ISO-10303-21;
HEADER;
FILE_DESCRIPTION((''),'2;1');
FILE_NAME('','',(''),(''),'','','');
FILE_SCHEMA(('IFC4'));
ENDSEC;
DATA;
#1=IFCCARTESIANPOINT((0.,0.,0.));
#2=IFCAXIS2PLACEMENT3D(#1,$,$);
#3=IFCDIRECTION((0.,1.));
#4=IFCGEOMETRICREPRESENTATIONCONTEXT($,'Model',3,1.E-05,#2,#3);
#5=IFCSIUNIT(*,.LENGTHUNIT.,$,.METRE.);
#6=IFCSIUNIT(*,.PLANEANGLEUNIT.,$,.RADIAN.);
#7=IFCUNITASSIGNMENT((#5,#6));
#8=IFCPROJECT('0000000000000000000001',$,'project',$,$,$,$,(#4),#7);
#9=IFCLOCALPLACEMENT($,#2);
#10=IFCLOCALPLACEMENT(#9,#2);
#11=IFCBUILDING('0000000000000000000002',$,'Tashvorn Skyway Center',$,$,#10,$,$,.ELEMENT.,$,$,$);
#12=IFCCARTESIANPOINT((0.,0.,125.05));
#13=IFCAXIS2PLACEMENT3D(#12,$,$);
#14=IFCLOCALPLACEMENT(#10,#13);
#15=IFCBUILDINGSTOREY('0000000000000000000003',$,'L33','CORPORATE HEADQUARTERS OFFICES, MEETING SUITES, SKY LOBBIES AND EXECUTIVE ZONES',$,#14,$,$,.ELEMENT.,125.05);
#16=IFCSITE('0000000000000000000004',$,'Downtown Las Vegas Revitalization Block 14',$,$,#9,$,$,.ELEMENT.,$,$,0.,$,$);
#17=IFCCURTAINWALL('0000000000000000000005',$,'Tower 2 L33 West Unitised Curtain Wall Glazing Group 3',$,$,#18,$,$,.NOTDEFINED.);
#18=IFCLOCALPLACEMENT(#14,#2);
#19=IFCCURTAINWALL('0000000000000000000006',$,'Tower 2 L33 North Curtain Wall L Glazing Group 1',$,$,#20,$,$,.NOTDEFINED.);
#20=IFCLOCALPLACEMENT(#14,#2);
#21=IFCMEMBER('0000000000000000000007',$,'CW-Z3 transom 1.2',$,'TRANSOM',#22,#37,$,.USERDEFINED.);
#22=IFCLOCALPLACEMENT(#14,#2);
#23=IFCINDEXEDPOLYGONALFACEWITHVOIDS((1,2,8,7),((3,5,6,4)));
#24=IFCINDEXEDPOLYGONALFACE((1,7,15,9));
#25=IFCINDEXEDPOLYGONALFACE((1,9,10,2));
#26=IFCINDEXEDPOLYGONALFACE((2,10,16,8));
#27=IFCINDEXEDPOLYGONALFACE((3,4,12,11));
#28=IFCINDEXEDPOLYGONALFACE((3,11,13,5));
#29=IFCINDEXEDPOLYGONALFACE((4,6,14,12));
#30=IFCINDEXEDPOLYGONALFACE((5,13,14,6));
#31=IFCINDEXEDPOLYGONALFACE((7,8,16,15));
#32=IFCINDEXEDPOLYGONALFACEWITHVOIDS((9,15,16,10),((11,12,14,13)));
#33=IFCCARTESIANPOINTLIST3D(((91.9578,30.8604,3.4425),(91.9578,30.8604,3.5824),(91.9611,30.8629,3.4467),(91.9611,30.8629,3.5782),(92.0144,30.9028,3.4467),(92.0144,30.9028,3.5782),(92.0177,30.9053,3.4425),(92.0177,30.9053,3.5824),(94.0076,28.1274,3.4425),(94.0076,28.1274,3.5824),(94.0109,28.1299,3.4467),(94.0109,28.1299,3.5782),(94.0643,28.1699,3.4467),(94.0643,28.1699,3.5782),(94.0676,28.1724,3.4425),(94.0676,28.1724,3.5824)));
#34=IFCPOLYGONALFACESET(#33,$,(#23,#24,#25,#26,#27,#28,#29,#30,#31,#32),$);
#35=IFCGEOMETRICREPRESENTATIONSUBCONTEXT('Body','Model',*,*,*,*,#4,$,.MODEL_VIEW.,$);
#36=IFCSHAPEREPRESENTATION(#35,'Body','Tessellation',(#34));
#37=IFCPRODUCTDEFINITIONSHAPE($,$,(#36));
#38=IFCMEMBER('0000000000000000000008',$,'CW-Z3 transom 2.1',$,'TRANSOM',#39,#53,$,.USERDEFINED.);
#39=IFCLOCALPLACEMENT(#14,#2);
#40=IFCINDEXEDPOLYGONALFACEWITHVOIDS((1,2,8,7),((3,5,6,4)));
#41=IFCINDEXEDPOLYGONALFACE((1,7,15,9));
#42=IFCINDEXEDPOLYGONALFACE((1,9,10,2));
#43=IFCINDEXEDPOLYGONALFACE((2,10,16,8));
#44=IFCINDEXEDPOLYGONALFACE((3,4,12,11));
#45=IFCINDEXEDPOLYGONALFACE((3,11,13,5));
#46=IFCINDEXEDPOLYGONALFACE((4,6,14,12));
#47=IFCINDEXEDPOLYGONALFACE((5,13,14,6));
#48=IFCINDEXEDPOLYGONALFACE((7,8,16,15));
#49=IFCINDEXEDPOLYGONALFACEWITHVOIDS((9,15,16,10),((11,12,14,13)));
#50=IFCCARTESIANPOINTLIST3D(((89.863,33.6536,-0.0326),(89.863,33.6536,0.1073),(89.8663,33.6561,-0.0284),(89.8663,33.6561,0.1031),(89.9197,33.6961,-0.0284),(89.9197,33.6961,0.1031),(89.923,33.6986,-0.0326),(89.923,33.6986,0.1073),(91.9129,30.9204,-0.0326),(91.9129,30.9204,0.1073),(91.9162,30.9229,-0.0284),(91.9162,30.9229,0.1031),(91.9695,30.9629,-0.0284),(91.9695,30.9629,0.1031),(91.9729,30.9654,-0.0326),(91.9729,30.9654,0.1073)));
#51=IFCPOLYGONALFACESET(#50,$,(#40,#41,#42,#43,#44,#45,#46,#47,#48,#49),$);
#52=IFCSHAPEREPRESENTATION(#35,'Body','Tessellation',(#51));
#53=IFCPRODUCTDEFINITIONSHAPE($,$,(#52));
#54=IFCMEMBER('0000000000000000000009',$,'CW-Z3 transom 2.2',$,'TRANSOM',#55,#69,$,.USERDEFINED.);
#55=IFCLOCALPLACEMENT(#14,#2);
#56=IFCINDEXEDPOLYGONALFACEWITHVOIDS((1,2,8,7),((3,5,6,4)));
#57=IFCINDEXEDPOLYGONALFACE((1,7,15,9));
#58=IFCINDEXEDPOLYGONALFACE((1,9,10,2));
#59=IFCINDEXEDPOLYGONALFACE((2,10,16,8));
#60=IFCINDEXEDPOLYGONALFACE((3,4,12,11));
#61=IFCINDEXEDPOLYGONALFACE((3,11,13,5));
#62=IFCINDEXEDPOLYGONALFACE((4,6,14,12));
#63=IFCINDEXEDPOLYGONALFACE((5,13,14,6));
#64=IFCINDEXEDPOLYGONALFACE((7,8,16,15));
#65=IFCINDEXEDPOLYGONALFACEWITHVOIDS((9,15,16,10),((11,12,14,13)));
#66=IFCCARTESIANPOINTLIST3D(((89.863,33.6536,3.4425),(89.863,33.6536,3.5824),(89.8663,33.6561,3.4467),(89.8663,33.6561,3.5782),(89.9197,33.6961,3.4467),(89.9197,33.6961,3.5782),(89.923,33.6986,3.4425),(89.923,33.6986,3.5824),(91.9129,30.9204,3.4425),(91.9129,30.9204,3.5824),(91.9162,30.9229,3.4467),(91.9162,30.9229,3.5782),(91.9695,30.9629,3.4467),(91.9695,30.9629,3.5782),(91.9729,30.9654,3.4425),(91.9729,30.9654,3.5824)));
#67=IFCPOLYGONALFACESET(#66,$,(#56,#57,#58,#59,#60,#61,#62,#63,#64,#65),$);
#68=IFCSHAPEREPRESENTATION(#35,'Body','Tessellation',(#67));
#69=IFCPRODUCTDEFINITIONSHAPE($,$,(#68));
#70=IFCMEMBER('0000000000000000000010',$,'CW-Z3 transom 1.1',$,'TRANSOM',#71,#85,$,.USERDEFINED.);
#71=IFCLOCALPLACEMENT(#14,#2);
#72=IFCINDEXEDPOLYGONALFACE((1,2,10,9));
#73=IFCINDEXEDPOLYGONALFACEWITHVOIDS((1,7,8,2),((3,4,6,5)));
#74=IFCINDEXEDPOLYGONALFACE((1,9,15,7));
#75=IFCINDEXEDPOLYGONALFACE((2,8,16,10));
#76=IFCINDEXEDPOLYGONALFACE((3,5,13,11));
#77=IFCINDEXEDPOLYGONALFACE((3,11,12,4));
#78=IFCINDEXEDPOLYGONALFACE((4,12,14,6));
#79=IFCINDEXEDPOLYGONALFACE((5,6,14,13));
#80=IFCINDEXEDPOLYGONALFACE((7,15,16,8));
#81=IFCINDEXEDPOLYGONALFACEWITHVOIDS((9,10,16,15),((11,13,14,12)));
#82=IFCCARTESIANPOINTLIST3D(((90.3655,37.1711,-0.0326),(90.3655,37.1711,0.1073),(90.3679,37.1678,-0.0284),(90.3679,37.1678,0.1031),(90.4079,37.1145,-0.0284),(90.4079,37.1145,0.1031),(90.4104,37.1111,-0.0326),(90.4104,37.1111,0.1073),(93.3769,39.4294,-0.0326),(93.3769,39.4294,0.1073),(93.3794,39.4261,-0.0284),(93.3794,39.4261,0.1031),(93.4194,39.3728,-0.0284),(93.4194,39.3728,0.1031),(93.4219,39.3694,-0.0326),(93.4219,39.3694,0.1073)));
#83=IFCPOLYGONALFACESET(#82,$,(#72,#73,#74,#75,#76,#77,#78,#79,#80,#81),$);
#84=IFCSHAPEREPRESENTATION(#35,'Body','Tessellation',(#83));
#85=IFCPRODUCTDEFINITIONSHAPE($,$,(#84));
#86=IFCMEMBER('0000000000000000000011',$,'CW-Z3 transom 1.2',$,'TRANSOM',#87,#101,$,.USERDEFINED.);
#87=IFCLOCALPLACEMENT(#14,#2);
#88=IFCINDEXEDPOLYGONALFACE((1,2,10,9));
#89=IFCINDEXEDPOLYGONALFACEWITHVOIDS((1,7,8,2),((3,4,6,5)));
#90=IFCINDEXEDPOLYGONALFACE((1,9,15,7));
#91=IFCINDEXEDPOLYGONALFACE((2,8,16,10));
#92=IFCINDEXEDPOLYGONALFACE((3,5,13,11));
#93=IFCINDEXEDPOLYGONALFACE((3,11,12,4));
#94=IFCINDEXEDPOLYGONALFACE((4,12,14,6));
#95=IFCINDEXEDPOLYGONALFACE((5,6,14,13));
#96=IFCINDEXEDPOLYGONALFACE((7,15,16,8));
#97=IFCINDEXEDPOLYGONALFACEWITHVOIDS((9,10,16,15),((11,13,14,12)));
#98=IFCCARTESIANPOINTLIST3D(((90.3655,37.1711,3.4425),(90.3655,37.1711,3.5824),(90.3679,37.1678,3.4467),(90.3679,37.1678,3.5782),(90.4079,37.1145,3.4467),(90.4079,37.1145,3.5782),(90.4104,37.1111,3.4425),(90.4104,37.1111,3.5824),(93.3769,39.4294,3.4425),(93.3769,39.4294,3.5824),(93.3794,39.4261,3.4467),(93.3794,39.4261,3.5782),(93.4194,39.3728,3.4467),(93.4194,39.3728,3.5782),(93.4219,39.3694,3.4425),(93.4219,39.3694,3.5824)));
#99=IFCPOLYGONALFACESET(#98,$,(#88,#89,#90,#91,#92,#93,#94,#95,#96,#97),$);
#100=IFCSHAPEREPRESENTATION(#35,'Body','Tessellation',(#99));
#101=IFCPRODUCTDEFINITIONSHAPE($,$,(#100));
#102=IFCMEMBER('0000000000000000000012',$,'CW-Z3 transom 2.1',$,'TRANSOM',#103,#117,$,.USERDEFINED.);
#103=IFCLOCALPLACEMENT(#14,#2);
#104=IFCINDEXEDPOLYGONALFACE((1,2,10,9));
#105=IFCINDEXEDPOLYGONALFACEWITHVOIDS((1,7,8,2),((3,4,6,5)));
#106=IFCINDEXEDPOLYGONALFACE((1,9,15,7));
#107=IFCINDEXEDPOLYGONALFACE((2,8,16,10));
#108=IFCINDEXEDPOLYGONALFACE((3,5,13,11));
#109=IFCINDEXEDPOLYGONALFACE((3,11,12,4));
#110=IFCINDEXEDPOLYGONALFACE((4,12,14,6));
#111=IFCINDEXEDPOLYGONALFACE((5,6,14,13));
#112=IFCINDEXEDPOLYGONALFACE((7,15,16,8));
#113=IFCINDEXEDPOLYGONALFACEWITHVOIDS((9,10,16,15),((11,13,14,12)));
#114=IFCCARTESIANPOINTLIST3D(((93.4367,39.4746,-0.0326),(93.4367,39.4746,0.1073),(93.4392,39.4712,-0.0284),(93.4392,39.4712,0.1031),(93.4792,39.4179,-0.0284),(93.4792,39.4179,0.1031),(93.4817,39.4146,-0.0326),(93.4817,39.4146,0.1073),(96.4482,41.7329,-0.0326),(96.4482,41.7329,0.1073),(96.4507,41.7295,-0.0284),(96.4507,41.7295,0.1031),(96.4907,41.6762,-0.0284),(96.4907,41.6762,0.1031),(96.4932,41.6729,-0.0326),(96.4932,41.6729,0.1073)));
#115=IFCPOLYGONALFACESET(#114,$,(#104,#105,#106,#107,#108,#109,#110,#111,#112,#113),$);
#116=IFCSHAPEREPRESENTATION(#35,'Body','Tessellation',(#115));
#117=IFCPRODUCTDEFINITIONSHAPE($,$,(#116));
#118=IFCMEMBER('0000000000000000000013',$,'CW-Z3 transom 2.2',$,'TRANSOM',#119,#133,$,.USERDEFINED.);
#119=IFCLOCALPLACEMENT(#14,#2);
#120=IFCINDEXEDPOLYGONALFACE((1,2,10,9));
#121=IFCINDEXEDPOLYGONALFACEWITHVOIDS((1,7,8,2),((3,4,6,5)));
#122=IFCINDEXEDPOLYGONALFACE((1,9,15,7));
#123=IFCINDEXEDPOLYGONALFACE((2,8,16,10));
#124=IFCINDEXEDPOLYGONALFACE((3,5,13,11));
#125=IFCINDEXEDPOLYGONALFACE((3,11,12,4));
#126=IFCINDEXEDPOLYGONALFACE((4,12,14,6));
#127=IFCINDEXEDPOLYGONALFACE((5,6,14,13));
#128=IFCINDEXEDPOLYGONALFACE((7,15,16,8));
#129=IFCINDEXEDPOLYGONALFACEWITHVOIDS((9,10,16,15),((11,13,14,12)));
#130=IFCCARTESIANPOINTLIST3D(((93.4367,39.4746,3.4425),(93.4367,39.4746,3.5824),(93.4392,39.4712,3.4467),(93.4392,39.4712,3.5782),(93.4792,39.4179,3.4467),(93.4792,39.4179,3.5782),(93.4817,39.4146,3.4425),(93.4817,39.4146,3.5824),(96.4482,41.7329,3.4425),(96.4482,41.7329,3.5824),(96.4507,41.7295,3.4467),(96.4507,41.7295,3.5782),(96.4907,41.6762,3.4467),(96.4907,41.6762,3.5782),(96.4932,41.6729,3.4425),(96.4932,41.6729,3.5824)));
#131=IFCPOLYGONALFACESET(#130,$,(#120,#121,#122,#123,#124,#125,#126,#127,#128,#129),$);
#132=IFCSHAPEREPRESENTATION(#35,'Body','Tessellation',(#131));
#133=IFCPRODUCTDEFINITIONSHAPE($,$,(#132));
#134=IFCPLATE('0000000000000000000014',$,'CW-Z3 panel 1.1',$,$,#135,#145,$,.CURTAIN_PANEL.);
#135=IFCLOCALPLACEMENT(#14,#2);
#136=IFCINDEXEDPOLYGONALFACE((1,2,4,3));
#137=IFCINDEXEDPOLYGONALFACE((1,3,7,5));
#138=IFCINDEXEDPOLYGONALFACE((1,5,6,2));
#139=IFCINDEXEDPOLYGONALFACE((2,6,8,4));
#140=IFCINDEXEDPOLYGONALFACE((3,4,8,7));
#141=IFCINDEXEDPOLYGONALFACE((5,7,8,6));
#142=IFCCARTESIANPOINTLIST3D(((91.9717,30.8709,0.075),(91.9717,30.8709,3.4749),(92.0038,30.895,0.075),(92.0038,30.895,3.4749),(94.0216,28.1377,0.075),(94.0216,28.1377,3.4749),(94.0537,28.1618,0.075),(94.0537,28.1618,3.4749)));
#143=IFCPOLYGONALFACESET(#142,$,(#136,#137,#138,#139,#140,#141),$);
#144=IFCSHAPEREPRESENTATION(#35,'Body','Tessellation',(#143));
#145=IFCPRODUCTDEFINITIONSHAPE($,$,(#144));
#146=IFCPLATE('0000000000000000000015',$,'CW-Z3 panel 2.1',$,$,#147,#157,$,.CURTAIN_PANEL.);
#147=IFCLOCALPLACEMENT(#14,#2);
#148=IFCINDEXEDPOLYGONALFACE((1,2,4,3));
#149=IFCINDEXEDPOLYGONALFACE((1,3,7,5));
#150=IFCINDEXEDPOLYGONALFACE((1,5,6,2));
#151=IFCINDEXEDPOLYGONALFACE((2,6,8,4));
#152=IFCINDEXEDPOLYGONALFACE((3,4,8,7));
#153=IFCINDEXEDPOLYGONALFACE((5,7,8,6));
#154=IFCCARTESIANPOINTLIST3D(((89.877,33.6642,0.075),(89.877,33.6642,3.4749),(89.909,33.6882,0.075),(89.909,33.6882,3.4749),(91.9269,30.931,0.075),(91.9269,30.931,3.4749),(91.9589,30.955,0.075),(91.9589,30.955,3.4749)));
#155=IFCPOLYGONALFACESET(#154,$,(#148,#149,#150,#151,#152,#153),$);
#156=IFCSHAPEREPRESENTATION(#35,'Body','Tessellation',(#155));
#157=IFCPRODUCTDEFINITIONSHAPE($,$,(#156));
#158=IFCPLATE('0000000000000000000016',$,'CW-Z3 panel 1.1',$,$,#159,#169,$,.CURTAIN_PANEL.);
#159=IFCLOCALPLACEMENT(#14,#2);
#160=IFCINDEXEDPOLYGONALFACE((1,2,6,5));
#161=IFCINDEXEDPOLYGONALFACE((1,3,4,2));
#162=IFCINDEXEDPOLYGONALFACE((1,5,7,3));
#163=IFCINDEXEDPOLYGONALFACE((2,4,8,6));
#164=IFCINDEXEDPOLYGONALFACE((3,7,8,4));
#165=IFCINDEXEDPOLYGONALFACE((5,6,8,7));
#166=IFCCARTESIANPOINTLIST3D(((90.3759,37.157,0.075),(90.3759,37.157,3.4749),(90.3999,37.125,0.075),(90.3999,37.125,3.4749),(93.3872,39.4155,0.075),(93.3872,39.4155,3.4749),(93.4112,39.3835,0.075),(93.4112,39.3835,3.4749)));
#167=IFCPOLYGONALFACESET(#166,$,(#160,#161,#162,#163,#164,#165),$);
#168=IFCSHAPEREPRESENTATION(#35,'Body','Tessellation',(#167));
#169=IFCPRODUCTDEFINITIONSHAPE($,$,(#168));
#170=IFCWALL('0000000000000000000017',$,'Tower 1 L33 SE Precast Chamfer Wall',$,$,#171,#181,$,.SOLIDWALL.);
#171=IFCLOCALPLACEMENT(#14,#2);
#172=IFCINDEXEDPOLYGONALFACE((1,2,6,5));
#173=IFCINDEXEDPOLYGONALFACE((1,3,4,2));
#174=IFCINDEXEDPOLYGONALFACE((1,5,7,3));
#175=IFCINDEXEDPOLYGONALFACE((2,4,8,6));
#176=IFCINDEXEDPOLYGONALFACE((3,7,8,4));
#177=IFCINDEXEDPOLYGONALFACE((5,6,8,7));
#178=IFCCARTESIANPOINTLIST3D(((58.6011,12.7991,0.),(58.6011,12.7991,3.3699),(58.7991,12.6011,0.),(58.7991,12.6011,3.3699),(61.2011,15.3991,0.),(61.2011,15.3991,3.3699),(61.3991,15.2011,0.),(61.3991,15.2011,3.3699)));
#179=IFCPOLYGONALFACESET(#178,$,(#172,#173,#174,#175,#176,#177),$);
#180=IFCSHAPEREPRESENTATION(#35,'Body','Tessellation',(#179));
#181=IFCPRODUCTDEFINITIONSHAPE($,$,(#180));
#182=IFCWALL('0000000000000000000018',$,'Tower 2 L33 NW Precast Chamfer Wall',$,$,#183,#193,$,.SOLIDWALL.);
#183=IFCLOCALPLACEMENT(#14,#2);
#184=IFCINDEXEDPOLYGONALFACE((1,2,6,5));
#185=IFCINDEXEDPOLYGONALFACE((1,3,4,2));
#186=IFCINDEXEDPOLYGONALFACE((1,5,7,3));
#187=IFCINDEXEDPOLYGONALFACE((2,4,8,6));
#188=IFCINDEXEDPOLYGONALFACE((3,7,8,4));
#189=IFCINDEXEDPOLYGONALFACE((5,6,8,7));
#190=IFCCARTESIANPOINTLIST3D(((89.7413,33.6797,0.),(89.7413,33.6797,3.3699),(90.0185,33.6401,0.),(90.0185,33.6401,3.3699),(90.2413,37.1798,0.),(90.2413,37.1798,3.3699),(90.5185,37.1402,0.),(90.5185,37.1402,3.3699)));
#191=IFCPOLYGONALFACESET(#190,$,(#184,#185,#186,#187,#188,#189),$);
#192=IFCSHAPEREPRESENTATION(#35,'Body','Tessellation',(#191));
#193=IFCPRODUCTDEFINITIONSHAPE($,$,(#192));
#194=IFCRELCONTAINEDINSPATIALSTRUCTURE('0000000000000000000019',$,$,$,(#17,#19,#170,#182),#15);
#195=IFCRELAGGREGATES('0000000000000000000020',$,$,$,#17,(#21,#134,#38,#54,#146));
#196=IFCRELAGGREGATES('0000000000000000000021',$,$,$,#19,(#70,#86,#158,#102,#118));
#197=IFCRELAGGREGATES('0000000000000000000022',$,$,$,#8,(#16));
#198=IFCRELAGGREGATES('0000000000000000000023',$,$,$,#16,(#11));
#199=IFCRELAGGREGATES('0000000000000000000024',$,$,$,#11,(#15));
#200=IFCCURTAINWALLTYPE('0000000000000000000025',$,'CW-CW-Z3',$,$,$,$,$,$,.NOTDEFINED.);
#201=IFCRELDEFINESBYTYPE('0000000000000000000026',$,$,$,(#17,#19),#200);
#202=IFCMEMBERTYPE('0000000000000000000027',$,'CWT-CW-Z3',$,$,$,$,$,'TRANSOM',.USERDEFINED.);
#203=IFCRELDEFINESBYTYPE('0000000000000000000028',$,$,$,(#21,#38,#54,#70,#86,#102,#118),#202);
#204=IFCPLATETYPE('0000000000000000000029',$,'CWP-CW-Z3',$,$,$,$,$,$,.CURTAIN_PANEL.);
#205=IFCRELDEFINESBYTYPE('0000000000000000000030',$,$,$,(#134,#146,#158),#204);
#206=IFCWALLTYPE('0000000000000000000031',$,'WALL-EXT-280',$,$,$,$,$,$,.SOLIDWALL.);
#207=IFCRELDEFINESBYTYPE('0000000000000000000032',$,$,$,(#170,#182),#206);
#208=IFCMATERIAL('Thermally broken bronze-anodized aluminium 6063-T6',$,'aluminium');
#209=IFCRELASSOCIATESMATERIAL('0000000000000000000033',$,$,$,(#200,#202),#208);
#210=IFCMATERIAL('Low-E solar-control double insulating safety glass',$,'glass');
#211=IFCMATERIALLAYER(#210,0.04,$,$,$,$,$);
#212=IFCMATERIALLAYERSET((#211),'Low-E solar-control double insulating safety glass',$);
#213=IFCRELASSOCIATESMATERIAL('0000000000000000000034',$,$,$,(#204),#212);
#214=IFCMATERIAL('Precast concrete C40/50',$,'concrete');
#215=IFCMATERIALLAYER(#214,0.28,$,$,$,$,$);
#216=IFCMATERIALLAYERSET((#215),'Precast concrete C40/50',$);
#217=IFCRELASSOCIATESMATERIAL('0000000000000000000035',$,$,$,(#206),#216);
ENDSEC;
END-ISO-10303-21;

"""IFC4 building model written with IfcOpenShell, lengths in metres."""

from ifc_helpers import new_model, si_unit, direction, frame, frame_2d, origin, origin_2d, place, context, subcontext, project, spatial, rectangle, hollow_rectangle, extrude, material, layer, layer_set, material_profile, profile_set, type_object, element, aggregate, save


model = new_model("IFC4")

# Units and contexts
model_context = context("Model", 3, precision=1e-05, world=origin(), true_north=direction((0.0, 1.0)))
body_context = subcontext(model_context, "Body", "Model", "MODEL_VIEW")
ifc_project = project(units=[si_unit("LENGTHUNIT", "METRE"), si_unit("PLANEANGLEUNIT", "RADIAN")], contexts=[model_context])

# Site, building, storey
site_placement = place(None, origin())
site = spatial("IfcSite", under=ifc_project, at=site_placement, Name="Downtown Las Vegas Revitalization Block 14", CompositionType="ELEMENT", RefElevation=0.0)
building_placement = place(site_placement, origin())
building = spatial("IfcBuilding", under=site, at=building_placement, Name="Tashvorn Skyway Center", CompositionType="ELEMENT")
storey_placement = place(building_placement, frame((0.0, 0.0, 125.05)))
storey = spatial("IfcBuildingStorey", under=building, at=storey_placement, Name="L33", Description="CORPORATE HEADQUARTERS OFFICES, MEETING SUITES, SKY LOBBIES AND EXECUTIVE ZONES", CompositionType="ELEMENT", Elevation=125.05)

# Curtain walls
ifc_material_1 = material(Name="Thermally broken bronze-anodized aluminium 6063-T6", Category="aluminium")
curtain_wall_type = type_object("IfcCurtainWallType", Name="CW-CW-Z3", PredefinedType="NOTDEFINED", material=ifc_material_1)
curtain_wall_1_placement = place(storey_placement, origin())
curtain_wall_1 = element("IfcCurtainWall", 1, at=curtain_wall_1_placement, inside=storey, type_object=curtain_wall_type, Name="Tower 2 L33 West Unitised Curtain Wall Glazing Group 3", PredefinedType="NOTDEFINED")
curtain_wall_2_placement = place(storey_placement, origin())
curtain_wall_2 = element("IfcCurtainWall", 2, at=curtain_wall_2_placement, inside=storey, type_object=curtain_wall_type, Name="Tower 2 L33 North Curtain Wall L Glazing Group 1", PredefinedType="NOTDEFINED")

# Members
ifc_material_profile_1 = material_profile(ifc_material_1, hollow_rectangle(XDim=0.075, YDim=0.1399, WallThickness=0.0042, at=origin_2d()), Name="ALU-TRAN-75x140")
ifc_profile_set_1 = profile_set([ifc_material_profile_1], Name="Thermally broken bronze-anodized aluminium 6063-T6")
member_type_1 = type_object("IfcMemberType", Name="CWT-CW-Z3", ElementType="TRANSOM", PredefinedType="USERDEFINED", material=ifc_profile_set_1)
member_1_placement = place(storey_placement, frame((94.0376, 28.1499, 3.5125), z_axis=(-0.600023, 0.799983, 0.0), x_axis=(-0.799983, -0.600023, 0.0)))
member_1 = element("IfcMember", 3, at=member_1_placement, type_object=member_type_1, Name="CW-Z3 transom 1.2", ObjectType="TRANSOM", PredefinedType="USERDEFINED", context=body_context, shape_type="SweptSolid", body=[
    extrude(hollow_rectangle(XDim=0.075, YDim=0.1399, WallThickness=0.0042, at=origin_2d()), origin(), (0.0, 0.0, 1.0), 3.4163),
])
member_2_placement = place(storey_placement, frame((91.9429, 30.9429, 0.0374), z_axis=(-0.599989, 0.800009, 0.0), x_axis=(-0.800009, -0.599989, 0.0)))
member_2 = element("IfcMember", 4, at=member_2_placement, type_object=member_type_1, Name="CW-Z3 transom 2.1", ObjectType="TRANSOM", PredefinedType="USERDEFINED", context=body_context, shape_type="SweptSolid", body=[
    extrude(hollow_rectangle(XDim=0.075, YDim=0.1399, WallThickness=0.0042, at=origin_2d()), origin(), (0.0, 0.0, 1.0), 3.4165),
])
member_3_placement = place(storey_placement, frame((91.9429, 30.9429, 3.5125), z_axis=(-0.599989, 0.800009, 0.0), x_axis=(-0.800009, -0.599989, 0.0)))
member_3 = element("IfcMember", 5, at=member_3_placement, type_object=member_type_1, Name="CW-Z3 transom 2.2", ObjectType="TRANSOM", PredefinedType="USERDEFINED", context=body_context, shape_type="SweptSolid", body=[
    extrude(hollow_rectangle(XDim=0.075, YDim=0.1399, WallThickness=0.0042, at=origin_2d()), origin(), (0.0, 0.0, 1.0), 3.4165),
])
member_4_placement = place(storey_placement, frame((90.3879, 37.1411, 0.0374), z_axis=(0.800039, 0.599948, 0.0), x_axis=(-0.599948, 0.800039, 0.0)))
member_4 = element("IfcMember", 6, at=member_4_placement, type_object=member_type_1, Name="CW-Z3 transom 1.1", ObjectType="TRANSOM", PredefinedType="USERDEFINED", context=body_context, shape_type="SweptSolid", body=[
    extrude(hollow_rectangle(XDim=0.075, YDim=0.1399, WallThickness=0.0042, at=origin_2d()), origin(), (0.0, 0.0, 1.0), 3.7642),
])
member_5_placement = place(storey_placement, frame((90.3879, 37.1411, 3.5125), z_axis=(0.800039, 0.599948, 0.0), x_axis=(-0.599948, 0.800039, 0.0)))
member_5 = element("IfcMember", 7, at=member_5_placement, type_object=member_type_1, Name="CW-Z3 transom 1.2", ObjectType="TRANSOM", PredefinedType="USERDEFINED", context=body_context, shape_type="SweptSolid", body=[
    extrude(hollow_rectangle(XDim=0.075, YDim=0.1399, WallThickness=0.0042, at=origin_2d()), origin(), (0.0, 0.0, 1.0), 3.7642),
])
member_6_placement = place(storey_placement, frame((93.4592, 39.4446, 0.0374), z_axis=(0.800039, 0.599948, 0.0), x_axis=(-0.599948, 0.800039, 0.0)))
member_6 = element("IfcMember", 8, at=member_6_placement, type_object=member_type_1, Name="CW-Z3 transom 2.1", ObjectType="TRANSOM", PredefinedType="USERDEFINED", context=body_context, shape_type="SweptSolid", body=[
    extrude(hollow_rectangle(XDim=0.075, YDim=0.1399, WallThickness=0.0042, at=origin_2d()), origin(), (0.0, 0.0, 1.0), 3.7642),
])
member_7_placement = place(storey_placement, frame((93.4592, 39.4446, 3.5125), z_axis=(0.800039, 0.599948, 0.0), x_axis=(-0.599948, 0.800039, 0.0)))
member_7 = element("IfcMember", 9, at=member_7_placement, type_object=member_type_1, Name="CW-Z3 transom 2.2", ObjectType="TRANSOM", PredefinedType="USERDEFINED", context=body_context, shape_type="SweptSolid", body=[
    extrude(hollow_rectangle(XDim=0.075, YDim=0.1399, WallThickness=0.0042, at=origin_2d()), origin(), (0.0, 0.0, 1.0), 3.7642),
])

# Plates
ifc_material_2 = material(Name="Low-E solar-control double insulating safety glass", Category="glass")
ifc_layer_1 = layer(ifc_material_2, 0.04)
ifc_layer_set_1 = layer_set([ifc_layer_1], Name="Low-E solar-control double insulating safety glass")
plate_type = type_object("IfcPlateType", Name="CWP-CW-Z3", PredefinedType="CURTAIN_PANEL", material=ifc_layer_set_1)
plate_1_placement = place(storey_placement, frame((93.0127, 29.5164, 0.075), z_axis=(0.0, 0.0, 1.0), x_axis=(-0.600005, 0.799997, 0.0)))
plate_1 = element("IfcPlate", 10, at=plate_1_placement, type_object=plate_type, Name="CW-Z3 panel 1.1", PredefinedType="CURTAIN_PANEL", context=body_context, shape_type="SweptSolid", body=[
    extrude(rectangle(XDim=3.4165, YDim=0.04, at=origin_2d()), origin(), (0.0, 0.0, 1.0), 3.3999),
])
plate_2_placement = place(storey_placement, frame((90.918, 32.3096, 0.075), z_axis=(0.0, 0.0, 1.0), x_axis=(-0.600005, 0.799997, 0.0)))
plate_2 = element("IfcPlate", 11, at=plate_2_placement, type_object=plate_type, Name="CW-Z3 panel 2.1", PredefinedType="CURTAIN_PANEL", context=body_context, shape_type="SweptSolid", body=[
    extrude(rectangle(XDim=3.4165, YDim=0.04, at=origin_2d()), origin(), (0.0, 0.0, 1.0), 3.3999),
])
aggregate(curtain_wall_1, [member_1, plate_1, member_2, member_3, plate_2])
plate_3_placement = place(storey_placement, frame((91.8936, 38.2703, 0.075), z_axis=(0.0, 0.0, 1.0), x_axis=(0.800002, 0.599998, 0.0)))
plate_3 = element("IfcPlate", 12, at=plate_3_placement, type_object=plate_type, Name="CW-Z3 panel 1.1", PredefinedType="CURTAIN_PANEL", context=body_context, shape_type="SweptSolid", body=[
    extrude(rectangle(XDim=3.7642, YDim=0.04, at=origin_2d()), origin(), (0.0, 0.0, 1.0), 3.3999),
])
aggregate(curtain_wall_2, [member_4, member_5, plate_3, member_6, member_7])

# Walls
ifc_material_3 = material(Name="Precast concrete C40/50", Category="concrete")
ifc_layer_2 = layer(ifc_material_3, 0.28)
ifc_layer_set_2 = layer_set([ifc_layer_2], Name="Precast concrete C40/50")
wall_type_1 = type_object("IfcWallType", Name="WALL-EXT-280", PredefinedType="SOLIDWALL", material=ifc_layer_set_2)
wall_1_placement = place(storey_placement, frame((61.3, 15.3, 0.0), z_axis=(0.0, 0.0, 1.0), x_axis=(-0.707107, -0.707107, 0.0)))
element("IfcWall", 13, at=wall_1_placement, inside=storey, type_object=wall_type_1, Name="Tower 1 L33 SE Precast Chamfer Wall", PredefinedType="SOLIDWALL", context=body_context, shape_type="SweptSolid", body=[
    extrude(rectangle(XDim=3.677, YDim=0.28, at=frame_2d((1.8384, 0.0))), origin(), (0.0, 0.0, 1.0), 3.3699),
])
wall_2_placement = place(storey_placement, frame((89.8799, 33.6599, 0.0), z_axis=(0.0, 0.0, 1.0), x_axis=(0.141421, 0.989949, 0.0)))
element("IfcWall", 14, at=wall_2_placement, inside=storey, type_object=wall_type_1, Name="Tower 2 L33 NW Precast Chamfer Wall", PredefinedType="SOLIDWALL", context=body_context, shape_type="SweptSolid", body=[
    extrude(rectangle(XDim=3.5356, YDim=0.28, at=frame_2d((1.7678, 0.0))), origin(), (0.0, 0.0, 1.0), 3.3699),
])

save(model, "model.ifc")
